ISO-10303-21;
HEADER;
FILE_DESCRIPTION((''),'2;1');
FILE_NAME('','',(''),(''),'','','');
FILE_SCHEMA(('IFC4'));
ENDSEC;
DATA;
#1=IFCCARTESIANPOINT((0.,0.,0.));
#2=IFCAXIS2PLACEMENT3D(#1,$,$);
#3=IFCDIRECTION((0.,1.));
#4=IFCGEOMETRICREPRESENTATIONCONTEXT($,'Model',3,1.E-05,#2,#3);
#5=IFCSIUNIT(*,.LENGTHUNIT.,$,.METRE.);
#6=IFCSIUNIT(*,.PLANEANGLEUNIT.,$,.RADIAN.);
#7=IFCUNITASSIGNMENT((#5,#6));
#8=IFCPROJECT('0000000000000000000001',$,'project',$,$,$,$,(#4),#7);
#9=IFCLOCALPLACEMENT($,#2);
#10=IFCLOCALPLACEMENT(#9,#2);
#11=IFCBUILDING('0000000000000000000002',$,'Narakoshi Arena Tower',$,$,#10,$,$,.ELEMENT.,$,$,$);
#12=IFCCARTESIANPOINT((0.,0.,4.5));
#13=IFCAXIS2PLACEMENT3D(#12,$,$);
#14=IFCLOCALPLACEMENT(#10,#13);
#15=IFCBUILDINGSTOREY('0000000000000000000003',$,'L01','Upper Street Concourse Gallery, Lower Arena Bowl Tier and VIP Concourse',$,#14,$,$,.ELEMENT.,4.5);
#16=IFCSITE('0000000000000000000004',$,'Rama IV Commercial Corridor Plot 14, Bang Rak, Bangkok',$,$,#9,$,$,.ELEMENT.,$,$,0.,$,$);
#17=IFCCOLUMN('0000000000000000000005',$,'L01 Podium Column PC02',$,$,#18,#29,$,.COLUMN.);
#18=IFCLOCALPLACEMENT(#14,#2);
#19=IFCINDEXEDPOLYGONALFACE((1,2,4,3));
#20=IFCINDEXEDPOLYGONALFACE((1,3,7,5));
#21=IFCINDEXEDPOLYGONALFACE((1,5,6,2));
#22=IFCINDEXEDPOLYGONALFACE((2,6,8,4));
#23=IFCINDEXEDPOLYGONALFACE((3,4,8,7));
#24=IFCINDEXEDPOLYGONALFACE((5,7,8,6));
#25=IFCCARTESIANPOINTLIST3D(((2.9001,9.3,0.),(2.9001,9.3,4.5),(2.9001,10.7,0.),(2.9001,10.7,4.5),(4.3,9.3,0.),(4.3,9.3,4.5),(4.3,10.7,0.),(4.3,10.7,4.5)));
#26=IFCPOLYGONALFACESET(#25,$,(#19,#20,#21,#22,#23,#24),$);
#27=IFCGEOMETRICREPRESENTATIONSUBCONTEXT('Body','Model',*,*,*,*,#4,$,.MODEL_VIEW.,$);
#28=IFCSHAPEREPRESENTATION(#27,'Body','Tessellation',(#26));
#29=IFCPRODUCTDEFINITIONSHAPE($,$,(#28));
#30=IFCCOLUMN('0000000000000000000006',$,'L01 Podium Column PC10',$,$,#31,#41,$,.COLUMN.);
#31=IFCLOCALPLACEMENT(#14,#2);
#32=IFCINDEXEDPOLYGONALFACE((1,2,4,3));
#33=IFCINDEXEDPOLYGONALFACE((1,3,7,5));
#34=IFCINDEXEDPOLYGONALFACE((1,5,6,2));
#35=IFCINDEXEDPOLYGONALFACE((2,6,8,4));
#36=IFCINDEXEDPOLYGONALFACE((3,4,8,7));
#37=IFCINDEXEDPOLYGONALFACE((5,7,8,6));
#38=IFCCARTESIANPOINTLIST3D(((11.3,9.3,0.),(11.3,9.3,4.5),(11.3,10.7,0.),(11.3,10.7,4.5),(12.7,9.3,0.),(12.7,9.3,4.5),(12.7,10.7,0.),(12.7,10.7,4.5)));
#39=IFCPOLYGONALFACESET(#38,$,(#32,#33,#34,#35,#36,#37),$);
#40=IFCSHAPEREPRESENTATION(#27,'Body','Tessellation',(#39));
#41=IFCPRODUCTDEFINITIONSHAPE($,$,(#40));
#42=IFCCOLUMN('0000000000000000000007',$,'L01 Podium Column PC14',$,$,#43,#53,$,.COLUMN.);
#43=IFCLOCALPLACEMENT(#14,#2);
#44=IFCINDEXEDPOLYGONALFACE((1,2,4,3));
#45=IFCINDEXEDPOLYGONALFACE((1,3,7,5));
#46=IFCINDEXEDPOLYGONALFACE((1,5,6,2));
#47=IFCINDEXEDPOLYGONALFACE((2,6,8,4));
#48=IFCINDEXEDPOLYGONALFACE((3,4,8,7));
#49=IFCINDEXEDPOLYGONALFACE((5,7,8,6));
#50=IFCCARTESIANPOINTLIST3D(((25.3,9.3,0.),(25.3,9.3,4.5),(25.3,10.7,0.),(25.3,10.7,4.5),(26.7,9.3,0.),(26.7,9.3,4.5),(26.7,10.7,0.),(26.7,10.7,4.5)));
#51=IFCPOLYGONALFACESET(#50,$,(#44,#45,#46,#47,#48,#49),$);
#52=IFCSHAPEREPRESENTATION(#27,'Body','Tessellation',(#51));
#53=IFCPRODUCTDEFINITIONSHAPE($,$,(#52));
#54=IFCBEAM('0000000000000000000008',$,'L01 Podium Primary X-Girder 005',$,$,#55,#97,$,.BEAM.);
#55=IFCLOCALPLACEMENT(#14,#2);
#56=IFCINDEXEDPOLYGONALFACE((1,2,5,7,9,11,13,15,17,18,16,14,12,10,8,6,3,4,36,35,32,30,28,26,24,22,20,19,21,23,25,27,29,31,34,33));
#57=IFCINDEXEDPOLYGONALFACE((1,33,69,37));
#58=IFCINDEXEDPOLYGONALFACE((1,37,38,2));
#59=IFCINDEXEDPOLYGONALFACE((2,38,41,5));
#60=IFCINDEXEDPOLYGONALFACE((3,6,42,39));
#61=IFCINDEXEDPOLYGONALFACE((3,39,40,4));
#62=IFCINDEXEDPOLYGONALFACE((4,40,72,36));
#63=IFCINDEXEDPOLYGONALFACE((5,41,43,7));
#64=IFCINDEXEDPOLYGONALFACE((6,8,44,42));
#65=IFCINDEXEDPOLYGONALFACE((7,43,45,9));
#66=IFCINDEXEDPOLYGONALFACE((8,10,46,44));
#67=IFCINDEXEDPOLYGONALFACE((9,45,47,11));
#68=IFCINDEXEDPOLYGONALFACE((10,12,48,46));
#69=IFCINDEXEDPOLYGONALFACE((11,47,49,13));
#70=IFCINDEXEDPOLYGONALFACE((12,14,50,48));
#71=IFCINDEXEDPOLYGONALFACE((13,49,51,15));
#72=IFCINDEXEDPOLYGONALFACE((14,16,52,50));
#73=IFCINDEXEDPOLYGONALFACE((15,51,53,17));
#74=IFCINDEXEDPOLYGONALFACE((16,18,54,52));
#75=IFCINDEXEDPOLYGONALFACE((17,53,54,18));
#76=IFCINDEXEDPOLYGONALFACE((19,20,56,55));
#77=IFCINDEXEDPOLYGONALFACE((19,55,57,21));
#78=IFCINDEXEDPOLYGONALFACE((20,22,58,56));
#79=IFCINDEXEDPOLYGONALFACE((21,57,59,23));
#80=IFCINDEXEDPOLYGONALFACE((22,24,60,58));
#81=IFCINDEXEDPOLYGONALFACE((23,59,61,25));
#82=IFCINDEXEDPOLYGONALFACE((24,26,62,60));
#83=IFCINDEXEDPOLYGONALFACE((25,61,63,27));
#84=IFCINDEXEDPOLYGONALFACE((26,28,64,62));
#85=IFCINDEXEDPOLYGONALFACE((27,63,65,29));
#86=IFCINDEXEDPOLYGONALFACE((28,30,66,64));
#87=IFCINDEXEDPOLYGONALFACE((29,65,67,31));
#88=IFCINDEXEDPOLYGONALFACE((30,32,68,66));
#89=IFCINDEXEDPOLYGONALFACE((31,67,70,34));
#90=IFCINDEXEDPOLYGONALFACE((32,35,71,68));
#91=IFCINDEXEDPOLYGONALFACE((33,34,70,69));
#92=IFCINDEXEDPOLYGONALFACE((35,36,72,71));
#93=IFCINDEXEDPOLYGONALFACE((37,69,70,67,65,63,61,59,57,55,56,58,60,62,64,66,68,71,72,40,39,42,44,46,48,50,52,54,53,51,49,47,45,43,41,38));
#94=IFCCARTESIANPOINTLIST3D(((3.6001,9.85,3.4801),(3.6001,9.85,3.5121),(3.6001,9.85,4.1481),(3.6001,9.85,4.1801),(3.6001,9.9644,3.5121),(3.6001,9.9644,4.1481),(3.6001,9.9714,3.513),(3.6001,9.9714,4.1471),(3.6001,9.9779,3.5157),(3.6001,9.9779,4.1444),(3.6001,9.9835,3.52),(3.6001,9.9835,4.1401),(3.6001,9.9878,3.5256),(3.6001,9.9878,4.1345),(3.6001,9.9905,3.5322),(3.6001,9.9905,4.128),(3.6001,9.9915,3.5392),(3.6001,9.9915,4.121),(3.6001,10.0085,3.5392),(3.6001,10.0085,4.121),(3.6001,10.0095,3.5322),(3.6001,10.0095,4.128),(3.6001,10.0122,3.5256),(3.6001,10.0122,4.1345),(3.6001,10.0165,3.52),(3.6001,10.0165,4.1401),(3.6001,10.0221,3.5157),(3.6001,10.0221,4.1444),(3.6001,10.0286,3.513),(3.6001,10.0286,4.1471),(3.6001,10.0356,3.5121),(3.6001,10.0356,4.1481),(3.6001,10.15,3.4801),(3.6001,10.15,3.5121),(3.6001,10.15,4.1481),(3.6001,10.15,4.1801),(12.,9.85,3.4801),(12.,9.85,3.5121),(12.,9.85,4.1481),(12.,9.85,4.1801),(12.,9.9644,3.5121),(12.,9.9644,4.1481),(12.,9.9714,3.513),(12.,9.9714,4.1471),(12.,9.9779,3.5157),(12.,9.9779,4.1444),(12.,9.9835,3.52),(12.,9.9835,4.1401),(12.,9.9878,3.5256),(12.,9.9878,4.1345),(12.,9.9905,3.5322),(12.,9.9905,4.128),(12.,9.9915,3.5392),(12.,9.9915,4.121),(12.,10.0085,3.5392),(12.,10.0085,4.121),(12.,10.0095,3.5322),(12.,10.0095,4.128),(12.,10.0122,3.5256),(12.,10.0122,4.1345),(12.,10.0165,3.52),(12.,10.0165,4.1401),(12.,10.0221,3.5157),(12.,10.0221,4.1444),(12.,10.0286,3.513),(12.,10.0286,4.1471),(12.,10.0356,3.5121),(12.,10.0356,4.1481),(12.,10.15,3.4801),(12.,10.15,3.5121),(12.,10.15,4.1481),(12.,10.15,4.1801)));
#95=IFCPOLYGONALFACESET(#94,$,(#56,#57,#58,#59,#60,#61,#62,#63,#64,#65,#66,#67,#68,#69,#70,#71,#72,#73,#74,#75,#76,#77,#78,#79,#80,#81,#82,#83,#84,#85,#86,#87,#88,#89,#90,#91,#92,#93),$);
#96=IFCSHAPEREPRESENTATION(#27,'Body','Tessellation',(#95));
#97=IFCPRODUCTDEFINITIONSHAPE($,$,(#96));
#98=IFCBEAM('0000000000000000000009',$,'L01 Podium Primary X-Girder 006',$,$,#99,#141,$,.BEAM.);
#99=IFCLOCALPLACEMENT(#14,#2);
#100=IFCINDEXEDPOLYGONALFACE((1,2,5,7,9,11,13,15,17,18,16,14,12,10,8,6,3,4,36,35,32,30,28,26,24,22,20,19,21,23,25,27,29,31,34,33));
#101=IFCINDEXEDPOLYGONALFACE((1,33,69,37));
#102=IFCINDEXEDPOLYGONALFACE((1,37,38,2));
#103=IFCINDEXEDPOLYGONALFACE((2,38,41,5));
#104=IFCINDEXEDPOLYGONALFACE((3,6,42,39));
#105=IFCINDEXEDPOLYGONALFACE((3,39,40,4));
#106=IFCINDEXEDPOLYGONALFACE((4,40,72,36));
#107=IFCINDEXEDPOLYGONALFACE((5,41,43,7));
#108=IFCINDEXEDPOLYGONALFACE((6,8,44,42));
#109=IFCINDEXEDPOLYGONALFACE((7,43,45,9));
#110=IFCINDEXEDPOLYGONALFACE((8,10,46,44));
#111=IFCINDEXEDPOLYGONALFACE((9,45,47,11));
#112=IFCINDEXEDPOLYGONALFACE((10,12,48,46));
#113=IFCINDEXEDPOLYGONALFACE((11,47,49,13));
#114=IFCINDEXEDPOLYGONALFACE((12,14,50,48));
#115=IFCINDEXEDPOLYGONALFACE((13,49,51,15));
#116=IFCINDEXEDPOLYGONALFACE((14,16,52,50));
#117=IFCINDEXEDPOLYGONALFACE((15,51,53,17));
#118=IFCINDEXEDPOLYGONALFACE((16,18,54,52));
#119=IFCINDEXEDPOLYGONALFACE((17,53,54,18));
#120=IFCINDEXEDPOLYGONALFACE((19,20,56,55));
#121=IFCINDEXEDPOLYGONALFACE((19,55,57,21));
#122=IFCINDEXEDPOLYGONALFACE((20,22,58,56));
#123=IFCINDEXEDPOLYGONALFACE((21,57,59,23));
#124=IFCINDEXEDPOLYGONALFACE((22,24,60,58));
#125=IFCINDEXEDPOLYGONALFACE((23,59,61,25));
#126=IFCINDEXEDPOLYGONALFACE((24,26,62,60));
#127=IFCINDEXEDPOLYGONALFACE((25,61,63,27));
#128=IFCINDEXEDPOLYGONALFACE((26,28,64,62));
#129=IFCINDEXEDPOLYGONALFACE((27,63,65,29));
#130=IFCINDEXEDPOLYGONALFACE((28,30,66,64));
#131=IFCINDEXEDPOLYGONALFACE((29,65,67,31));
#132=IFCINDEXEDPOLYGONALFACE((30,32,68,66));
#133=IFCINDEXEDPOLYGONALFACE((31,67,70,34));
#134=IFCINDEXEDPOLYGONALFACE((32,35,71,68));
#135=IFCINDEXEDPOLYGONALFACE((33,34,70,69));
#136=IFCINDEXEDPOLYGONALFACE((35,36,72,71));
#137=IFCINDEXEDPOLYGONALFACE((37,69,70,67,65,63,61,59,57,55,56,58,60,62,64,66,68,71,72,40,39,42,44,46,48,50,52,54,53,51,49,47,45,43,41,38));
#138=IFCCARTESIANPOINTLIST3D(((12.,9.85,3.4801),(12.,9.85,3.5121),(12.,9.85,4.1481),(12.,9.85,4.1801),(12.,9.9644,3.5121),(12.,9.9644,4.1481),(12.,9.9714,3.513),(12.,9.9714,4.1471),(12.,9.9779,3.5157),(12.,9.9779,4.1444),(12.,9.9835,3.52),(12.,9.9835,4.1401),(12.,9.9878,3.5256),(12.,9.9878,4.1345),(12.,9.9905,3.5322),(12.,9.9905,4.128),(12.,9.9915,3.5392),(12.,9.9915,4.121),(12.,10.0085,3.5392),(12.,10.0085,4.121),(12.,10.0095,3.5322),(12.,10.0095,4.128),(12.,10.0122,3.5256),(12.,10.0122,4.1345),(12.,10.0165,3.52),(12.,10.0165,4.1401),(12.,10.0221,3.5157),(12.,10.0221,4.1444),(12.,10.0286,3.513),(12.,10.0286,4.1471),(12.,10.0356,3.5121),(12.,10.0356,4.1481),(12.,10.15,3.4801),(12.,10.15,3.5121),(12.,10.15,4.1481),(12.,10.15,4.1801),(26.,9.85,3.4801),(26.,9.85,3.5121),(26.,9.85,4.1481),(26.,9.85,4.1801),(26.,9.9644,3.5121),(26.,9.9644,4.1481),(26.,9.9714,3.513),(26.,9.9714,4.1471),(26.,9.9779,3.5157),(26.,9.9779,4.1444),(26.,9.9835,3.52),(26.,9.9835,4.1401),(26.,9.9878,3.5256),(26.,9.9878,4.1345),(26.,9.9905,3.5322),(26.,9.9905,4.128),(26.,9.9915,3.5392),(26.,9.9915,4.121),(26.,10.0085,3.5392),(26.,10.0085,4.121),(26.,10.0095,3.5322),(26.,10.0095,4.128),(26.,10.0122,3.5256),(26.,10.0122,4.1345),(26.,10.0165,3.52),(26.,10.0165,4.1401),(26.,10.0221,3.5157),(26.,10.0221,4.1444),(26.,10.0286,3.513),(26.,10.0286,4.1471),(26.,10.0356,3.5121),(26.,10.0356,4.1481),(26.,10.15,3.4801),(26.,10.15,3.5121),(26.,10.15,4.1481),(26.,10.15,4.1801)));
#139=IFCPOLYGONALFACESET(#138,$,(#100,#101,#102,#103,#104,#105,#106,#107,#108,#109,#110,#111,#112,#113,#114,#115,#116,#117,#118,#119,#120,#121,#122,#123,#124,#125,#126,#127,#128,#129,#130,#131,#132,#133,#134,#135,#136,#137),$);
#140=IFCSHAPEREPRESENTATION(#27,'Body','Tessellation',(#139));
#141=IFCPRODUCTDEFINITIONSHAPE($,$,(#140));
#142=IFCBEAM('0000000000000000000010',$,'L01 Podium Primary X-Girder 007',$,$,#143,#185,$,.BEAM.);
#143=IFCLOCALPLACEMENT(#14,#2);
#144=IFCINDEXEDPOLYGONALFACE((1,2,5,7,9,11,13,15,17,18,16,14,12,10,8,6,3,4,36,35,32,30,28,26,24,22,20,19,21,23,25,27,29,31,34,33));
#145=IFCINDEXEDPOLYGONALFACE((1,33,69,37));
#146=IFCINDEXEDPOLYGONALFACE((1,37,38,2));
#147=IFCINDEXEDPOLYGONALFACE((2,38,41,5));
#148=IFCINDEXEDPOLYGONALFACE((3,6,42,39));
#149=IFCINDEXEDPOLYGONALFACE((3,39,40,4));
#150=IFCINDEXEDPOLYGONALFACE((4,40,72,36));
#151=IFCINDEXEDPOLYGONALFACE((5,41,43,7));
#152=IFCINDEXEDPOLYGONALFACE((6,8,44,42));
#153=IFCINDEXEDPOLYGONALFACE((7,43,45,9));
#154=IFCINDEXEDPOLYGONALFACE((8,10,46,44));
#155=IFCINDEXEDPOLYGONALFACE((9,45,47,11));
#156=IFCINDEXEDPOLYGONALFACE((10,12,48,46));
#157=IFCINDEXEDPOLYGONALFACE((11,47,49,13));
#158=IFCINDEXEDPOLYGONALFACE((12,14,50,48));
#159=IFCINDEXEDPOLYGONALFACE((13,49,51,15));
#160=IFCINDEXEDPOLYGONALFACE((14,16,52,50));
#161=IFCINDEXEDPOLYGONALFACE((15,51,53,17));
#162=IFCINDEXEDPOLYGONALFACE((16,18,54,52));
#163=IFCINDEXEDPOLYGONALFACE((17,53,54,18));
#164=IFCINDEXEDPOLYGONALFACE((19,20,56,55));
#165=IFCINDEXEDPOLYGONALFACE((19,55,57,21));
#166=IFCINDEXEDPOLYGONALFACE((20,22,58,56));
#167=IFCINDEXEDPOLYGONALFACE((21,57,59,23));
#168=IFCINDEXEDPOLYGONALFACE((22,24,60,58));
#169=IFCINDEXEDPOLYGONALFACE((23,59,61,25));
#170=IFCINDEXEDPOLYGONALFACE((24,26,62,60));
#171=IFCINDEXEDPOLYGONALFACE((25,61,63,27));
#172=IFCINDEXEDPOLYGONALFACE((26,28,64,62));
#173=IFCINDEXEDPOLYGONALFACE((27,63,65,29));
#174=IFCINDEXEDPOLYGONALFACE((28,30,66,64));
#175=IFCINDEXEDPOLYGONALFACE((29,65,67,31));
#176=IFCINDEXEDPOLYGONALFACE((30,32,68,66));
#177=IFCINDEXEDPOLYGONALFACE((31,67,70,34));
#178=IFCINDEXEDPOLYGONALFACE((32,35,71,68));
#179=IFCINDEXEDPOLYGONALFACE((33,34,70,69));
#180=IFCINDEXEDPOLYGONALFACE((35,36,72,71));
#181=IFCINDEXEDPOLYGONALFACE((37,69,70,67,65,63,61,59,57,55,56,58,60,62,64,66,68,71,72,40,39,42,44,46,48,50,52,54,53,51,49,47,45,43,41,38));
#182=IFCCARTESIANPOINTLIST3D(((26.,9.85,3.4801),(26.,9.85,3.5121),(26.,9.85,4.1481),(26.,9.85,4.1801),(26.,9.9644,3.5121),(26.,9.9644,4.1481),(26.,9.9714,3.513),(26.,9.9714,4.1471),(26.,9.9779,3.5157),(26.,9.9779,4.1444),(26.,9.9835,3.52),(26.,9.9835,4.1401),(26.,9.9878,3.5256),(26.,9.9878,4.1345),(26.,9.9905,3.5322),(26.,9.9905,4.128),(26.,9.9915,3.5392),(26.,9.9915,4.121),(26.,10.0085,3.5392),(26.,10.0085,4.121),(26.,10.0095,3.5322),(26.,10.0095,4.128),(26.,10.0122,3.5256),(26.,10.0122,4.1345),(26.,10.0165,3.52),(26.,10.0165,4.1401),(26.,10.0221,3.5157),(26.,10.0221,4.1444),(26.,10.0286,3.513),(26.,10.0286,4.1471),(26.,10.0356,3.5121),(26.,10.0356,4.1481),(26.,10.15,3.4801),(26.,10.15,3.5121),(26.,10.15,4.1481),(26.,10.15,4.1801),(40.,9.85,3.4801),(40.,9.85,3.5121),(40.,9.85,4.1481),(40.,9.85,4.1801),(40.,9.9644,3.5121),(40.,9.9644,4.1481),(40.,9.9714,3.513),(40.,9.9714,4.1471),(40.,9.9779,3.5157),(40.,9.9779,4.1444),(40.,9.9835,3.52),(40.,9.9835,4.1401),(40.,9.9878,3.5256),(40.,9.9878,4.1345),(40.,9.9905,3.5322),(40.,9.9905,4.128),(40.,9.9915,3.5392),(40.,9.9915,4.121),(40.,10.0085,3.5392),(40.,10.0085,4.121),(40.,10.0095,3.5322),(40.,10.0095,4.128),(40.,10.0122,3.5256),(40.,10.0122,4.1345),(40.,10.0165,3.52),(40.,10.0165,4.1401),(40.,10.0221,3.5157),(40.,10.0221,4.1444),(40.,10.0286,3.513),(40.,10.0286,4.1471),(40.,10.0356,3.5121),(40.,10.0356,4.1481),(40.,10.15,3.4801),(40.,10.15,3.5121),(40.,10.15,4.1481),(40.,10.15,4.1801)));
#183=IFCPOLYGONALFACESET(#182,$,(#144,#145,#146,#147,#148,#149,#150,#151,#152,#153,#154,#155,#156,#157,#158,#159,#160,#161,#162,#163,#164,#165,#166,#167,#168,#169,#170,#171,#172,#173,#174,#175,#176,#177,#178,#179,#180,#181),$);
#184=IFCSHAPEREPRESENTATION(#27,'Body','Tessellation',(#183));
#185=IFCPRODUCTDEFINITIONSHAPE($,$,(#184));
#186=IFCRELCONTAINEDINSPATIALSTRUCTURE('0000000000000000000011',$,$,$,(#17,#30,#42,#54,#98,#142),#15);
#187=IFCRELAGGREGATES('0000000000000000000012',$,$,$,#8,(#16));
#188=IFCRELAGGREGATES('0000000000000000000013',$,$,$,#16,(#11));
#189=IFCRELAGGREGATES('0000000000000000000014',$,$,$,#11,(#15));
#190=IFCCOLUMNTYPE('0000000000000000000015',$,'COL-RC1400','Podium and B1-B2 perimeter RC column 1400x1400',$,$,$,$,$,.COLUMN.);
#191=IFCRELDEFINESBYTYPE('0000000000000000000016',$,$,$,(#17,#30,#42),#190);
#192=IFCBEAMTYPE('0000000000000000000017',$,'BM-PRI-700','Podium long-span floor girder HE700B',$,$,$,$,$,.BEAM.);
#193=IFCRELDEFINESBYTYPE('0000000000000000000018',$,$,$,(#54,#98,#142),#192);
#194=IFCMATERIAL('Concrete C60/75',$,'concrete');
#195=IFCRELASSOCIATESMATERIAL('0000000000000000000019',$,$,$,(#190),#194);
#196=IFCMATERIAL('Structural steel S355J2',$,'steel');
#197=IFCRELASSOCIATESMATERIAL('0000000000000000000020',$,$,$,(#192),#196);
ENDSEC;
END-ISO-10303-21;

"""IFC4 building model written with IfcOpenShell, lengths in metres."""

from ifc_helpers import new_model, si_unit, direction, frame, origin, origin_2d, place, context, subcontext, project, spatial, rectangle, i_section, extrude, material, material_profile, profile_set, type_object, element, save


model = new_model("IFC4")

# Units and contexts
model_context = context("Model", 3, precision=1e-05, world=origin(), true_north=direction((0.0, 1.0)))
body_context = subcontext(model_context, "Body", "Model", "MODEL_VIEW")
ifc_project = project(units=[si_unit("LENGTHUNIT", "METRE"), si_unit("PLANEANGLEUNIT", "RADIAN")], contexts=[model_context])

# Site, building, storey
site_placement = place(None, origin())
site = spatial("IfcSite", under=ifc_project, at=site_placement, Name="Rama IV Commercial Corridor Plot 14, Bang Rak, Bangkok", CompositionType="ELEMENT", RefElevation=0.0)
building_placement = place(site_placement, origin())
building = spatial("IfcBuilding", under=site, at=building_placement, Name="Narakoshi Arena Tower", CompositionType="ELEMENT")
storey_placement = place(building_placement, frame((0.0, 0.0, 4.5)))
storey = spatial("IfcBuildingStorey", under=building, at=storey_placement, Name="L01", Description="Upper Street Concourse Gallery, Lower Arena Bowl Tier and VIP Concourse", CompositionType="ELEMENT", Elevation=4.5)

# Columns
ifc_material_1 = material(Name="Concrete C60/75", Category="concrete")
ifc_material_profile_1 = material_profile(ifc_material_1, rectangle(XDim=1.3999, YDim=1.3999, at=origin_2d()), Name="RC1400x1400")
ifc_profile_set_1 = profile_set([ifc_material_profile_1], Name="Concrete C60/75")
column_type = type_object("IfcColumnType", Name="COL-RC1400", Description="Podium and B1-B2 perimeter RC column 1400x1400", PredefinedType="COLUMN", material=ifc_profile_set_1)
for number, where, z_axis, x_axis, name in (
    (1, (3.6001, 10.0, 0.0), (0.0, 0.0, 1.0), (1.0, 0.0, 0.0), "L01 Podium Column PC02"),
    (2, (12.0, 10.0, 0.0), (0.0, 0.0, 1.0), (1.0, 0.0, 0.0), "L01 Podium Column PC10"),
    (3, (26.0, 10.0, 0.0), (0.0, 0.0, 1.0), (1.0, 0.0, 0.0), "L01 Podium Column PC14"),
):
    element("IfcColumn", number, at=place(storey_placement, frame(where, z_axis=z_axis, x_axis=x_axis)), inside=storey, type_object=column_type, Name=name, PredefinedType="COLUMN", context=body_context, shape_type="SweptSolid", body=[
        extrude(rectangle(XDim=1.3999, YDim=1.3999, at=origin_2d()), origin(), (0.0, 0.0, 1.0), 4.5),
    ])

# Beams
ifc_material_2 = material(Name="Structural steel S355J2", Category="steel")
ifc_material_profile_2 = material_profile(ifc_material_2, i_section(OverallWidth=0.3, OverallDepth=0.7, WebThickness=0.0171, FlangeThickness=0.032, FilletRadius=0.0271, at=origin_2d()), Name="HE700B")
ifc_profile_set_2 = profile_set([ifc_material_profile_2], Name="Structural steel S355J2")
beam_type_1 = type_object("IfcBeamType", Name="BM-PRI-700", Description="Podium long-span floor girder HE700B", PredefinedType="BEAM", material=ifc_profile_set_2)
beam_placement = place(storey_placement, frame((3.6001, 10.0, 3.8301), z_axis=(1.0, 0.0, 0.0), x_axis=(0.0, 1.0, 0.0)))
element("IfcBeam", 4, at=beam_placement, inside=storey, type_object=beam_type_1, Name="L01 Podium Primary X-Girder 005", PredefinedType="BEAM", context=body_context, shape_type="SweptSolid", body=[
    extrude(i_section(OverallWidth=0.3, OverallDepth=0.7, WebThickness=0.0171, FlangeThickness=0.032, FilletRadius=0.0271, at=origin_2d()), origin(), (0.0, 0.0, 1.0), 8.3999),
])
for number, where, z_axis, x_axis, name in (
    (5, (12.0, 10.0, 3.8301), (1.0, 0.0, 0.0), (0.0, 1.0, 0.0), "L01 Podium Primary X-Girder 006"),
    (6, (26.0, 10.0, 3.8301), (1.0, 0.0, 0.0), (0.0, 1.0, 0.0), "L01 Podium Primary X-Girder 007"),
):
    element("IfcBeam", number, at=place(storey_placement, frame(where, z_axis=z_axis, x_axis=x_axis)), inside=storey, type_object=beam_type_1, Name=name, PredefinedType="BEAM", context=body_context, shape_type="SweptSolid", body=[
        extrude(i_section(OverallWidth=0.3, OverallDepth=0.7, WebThickness=0.0171, FlangeThickness=0.032, FilletRadius=0.0271, at=origin_2d()), origin(), (0.0, 0.0, 1.0), 14.0),
    ])

save(model, "model.ifc")
